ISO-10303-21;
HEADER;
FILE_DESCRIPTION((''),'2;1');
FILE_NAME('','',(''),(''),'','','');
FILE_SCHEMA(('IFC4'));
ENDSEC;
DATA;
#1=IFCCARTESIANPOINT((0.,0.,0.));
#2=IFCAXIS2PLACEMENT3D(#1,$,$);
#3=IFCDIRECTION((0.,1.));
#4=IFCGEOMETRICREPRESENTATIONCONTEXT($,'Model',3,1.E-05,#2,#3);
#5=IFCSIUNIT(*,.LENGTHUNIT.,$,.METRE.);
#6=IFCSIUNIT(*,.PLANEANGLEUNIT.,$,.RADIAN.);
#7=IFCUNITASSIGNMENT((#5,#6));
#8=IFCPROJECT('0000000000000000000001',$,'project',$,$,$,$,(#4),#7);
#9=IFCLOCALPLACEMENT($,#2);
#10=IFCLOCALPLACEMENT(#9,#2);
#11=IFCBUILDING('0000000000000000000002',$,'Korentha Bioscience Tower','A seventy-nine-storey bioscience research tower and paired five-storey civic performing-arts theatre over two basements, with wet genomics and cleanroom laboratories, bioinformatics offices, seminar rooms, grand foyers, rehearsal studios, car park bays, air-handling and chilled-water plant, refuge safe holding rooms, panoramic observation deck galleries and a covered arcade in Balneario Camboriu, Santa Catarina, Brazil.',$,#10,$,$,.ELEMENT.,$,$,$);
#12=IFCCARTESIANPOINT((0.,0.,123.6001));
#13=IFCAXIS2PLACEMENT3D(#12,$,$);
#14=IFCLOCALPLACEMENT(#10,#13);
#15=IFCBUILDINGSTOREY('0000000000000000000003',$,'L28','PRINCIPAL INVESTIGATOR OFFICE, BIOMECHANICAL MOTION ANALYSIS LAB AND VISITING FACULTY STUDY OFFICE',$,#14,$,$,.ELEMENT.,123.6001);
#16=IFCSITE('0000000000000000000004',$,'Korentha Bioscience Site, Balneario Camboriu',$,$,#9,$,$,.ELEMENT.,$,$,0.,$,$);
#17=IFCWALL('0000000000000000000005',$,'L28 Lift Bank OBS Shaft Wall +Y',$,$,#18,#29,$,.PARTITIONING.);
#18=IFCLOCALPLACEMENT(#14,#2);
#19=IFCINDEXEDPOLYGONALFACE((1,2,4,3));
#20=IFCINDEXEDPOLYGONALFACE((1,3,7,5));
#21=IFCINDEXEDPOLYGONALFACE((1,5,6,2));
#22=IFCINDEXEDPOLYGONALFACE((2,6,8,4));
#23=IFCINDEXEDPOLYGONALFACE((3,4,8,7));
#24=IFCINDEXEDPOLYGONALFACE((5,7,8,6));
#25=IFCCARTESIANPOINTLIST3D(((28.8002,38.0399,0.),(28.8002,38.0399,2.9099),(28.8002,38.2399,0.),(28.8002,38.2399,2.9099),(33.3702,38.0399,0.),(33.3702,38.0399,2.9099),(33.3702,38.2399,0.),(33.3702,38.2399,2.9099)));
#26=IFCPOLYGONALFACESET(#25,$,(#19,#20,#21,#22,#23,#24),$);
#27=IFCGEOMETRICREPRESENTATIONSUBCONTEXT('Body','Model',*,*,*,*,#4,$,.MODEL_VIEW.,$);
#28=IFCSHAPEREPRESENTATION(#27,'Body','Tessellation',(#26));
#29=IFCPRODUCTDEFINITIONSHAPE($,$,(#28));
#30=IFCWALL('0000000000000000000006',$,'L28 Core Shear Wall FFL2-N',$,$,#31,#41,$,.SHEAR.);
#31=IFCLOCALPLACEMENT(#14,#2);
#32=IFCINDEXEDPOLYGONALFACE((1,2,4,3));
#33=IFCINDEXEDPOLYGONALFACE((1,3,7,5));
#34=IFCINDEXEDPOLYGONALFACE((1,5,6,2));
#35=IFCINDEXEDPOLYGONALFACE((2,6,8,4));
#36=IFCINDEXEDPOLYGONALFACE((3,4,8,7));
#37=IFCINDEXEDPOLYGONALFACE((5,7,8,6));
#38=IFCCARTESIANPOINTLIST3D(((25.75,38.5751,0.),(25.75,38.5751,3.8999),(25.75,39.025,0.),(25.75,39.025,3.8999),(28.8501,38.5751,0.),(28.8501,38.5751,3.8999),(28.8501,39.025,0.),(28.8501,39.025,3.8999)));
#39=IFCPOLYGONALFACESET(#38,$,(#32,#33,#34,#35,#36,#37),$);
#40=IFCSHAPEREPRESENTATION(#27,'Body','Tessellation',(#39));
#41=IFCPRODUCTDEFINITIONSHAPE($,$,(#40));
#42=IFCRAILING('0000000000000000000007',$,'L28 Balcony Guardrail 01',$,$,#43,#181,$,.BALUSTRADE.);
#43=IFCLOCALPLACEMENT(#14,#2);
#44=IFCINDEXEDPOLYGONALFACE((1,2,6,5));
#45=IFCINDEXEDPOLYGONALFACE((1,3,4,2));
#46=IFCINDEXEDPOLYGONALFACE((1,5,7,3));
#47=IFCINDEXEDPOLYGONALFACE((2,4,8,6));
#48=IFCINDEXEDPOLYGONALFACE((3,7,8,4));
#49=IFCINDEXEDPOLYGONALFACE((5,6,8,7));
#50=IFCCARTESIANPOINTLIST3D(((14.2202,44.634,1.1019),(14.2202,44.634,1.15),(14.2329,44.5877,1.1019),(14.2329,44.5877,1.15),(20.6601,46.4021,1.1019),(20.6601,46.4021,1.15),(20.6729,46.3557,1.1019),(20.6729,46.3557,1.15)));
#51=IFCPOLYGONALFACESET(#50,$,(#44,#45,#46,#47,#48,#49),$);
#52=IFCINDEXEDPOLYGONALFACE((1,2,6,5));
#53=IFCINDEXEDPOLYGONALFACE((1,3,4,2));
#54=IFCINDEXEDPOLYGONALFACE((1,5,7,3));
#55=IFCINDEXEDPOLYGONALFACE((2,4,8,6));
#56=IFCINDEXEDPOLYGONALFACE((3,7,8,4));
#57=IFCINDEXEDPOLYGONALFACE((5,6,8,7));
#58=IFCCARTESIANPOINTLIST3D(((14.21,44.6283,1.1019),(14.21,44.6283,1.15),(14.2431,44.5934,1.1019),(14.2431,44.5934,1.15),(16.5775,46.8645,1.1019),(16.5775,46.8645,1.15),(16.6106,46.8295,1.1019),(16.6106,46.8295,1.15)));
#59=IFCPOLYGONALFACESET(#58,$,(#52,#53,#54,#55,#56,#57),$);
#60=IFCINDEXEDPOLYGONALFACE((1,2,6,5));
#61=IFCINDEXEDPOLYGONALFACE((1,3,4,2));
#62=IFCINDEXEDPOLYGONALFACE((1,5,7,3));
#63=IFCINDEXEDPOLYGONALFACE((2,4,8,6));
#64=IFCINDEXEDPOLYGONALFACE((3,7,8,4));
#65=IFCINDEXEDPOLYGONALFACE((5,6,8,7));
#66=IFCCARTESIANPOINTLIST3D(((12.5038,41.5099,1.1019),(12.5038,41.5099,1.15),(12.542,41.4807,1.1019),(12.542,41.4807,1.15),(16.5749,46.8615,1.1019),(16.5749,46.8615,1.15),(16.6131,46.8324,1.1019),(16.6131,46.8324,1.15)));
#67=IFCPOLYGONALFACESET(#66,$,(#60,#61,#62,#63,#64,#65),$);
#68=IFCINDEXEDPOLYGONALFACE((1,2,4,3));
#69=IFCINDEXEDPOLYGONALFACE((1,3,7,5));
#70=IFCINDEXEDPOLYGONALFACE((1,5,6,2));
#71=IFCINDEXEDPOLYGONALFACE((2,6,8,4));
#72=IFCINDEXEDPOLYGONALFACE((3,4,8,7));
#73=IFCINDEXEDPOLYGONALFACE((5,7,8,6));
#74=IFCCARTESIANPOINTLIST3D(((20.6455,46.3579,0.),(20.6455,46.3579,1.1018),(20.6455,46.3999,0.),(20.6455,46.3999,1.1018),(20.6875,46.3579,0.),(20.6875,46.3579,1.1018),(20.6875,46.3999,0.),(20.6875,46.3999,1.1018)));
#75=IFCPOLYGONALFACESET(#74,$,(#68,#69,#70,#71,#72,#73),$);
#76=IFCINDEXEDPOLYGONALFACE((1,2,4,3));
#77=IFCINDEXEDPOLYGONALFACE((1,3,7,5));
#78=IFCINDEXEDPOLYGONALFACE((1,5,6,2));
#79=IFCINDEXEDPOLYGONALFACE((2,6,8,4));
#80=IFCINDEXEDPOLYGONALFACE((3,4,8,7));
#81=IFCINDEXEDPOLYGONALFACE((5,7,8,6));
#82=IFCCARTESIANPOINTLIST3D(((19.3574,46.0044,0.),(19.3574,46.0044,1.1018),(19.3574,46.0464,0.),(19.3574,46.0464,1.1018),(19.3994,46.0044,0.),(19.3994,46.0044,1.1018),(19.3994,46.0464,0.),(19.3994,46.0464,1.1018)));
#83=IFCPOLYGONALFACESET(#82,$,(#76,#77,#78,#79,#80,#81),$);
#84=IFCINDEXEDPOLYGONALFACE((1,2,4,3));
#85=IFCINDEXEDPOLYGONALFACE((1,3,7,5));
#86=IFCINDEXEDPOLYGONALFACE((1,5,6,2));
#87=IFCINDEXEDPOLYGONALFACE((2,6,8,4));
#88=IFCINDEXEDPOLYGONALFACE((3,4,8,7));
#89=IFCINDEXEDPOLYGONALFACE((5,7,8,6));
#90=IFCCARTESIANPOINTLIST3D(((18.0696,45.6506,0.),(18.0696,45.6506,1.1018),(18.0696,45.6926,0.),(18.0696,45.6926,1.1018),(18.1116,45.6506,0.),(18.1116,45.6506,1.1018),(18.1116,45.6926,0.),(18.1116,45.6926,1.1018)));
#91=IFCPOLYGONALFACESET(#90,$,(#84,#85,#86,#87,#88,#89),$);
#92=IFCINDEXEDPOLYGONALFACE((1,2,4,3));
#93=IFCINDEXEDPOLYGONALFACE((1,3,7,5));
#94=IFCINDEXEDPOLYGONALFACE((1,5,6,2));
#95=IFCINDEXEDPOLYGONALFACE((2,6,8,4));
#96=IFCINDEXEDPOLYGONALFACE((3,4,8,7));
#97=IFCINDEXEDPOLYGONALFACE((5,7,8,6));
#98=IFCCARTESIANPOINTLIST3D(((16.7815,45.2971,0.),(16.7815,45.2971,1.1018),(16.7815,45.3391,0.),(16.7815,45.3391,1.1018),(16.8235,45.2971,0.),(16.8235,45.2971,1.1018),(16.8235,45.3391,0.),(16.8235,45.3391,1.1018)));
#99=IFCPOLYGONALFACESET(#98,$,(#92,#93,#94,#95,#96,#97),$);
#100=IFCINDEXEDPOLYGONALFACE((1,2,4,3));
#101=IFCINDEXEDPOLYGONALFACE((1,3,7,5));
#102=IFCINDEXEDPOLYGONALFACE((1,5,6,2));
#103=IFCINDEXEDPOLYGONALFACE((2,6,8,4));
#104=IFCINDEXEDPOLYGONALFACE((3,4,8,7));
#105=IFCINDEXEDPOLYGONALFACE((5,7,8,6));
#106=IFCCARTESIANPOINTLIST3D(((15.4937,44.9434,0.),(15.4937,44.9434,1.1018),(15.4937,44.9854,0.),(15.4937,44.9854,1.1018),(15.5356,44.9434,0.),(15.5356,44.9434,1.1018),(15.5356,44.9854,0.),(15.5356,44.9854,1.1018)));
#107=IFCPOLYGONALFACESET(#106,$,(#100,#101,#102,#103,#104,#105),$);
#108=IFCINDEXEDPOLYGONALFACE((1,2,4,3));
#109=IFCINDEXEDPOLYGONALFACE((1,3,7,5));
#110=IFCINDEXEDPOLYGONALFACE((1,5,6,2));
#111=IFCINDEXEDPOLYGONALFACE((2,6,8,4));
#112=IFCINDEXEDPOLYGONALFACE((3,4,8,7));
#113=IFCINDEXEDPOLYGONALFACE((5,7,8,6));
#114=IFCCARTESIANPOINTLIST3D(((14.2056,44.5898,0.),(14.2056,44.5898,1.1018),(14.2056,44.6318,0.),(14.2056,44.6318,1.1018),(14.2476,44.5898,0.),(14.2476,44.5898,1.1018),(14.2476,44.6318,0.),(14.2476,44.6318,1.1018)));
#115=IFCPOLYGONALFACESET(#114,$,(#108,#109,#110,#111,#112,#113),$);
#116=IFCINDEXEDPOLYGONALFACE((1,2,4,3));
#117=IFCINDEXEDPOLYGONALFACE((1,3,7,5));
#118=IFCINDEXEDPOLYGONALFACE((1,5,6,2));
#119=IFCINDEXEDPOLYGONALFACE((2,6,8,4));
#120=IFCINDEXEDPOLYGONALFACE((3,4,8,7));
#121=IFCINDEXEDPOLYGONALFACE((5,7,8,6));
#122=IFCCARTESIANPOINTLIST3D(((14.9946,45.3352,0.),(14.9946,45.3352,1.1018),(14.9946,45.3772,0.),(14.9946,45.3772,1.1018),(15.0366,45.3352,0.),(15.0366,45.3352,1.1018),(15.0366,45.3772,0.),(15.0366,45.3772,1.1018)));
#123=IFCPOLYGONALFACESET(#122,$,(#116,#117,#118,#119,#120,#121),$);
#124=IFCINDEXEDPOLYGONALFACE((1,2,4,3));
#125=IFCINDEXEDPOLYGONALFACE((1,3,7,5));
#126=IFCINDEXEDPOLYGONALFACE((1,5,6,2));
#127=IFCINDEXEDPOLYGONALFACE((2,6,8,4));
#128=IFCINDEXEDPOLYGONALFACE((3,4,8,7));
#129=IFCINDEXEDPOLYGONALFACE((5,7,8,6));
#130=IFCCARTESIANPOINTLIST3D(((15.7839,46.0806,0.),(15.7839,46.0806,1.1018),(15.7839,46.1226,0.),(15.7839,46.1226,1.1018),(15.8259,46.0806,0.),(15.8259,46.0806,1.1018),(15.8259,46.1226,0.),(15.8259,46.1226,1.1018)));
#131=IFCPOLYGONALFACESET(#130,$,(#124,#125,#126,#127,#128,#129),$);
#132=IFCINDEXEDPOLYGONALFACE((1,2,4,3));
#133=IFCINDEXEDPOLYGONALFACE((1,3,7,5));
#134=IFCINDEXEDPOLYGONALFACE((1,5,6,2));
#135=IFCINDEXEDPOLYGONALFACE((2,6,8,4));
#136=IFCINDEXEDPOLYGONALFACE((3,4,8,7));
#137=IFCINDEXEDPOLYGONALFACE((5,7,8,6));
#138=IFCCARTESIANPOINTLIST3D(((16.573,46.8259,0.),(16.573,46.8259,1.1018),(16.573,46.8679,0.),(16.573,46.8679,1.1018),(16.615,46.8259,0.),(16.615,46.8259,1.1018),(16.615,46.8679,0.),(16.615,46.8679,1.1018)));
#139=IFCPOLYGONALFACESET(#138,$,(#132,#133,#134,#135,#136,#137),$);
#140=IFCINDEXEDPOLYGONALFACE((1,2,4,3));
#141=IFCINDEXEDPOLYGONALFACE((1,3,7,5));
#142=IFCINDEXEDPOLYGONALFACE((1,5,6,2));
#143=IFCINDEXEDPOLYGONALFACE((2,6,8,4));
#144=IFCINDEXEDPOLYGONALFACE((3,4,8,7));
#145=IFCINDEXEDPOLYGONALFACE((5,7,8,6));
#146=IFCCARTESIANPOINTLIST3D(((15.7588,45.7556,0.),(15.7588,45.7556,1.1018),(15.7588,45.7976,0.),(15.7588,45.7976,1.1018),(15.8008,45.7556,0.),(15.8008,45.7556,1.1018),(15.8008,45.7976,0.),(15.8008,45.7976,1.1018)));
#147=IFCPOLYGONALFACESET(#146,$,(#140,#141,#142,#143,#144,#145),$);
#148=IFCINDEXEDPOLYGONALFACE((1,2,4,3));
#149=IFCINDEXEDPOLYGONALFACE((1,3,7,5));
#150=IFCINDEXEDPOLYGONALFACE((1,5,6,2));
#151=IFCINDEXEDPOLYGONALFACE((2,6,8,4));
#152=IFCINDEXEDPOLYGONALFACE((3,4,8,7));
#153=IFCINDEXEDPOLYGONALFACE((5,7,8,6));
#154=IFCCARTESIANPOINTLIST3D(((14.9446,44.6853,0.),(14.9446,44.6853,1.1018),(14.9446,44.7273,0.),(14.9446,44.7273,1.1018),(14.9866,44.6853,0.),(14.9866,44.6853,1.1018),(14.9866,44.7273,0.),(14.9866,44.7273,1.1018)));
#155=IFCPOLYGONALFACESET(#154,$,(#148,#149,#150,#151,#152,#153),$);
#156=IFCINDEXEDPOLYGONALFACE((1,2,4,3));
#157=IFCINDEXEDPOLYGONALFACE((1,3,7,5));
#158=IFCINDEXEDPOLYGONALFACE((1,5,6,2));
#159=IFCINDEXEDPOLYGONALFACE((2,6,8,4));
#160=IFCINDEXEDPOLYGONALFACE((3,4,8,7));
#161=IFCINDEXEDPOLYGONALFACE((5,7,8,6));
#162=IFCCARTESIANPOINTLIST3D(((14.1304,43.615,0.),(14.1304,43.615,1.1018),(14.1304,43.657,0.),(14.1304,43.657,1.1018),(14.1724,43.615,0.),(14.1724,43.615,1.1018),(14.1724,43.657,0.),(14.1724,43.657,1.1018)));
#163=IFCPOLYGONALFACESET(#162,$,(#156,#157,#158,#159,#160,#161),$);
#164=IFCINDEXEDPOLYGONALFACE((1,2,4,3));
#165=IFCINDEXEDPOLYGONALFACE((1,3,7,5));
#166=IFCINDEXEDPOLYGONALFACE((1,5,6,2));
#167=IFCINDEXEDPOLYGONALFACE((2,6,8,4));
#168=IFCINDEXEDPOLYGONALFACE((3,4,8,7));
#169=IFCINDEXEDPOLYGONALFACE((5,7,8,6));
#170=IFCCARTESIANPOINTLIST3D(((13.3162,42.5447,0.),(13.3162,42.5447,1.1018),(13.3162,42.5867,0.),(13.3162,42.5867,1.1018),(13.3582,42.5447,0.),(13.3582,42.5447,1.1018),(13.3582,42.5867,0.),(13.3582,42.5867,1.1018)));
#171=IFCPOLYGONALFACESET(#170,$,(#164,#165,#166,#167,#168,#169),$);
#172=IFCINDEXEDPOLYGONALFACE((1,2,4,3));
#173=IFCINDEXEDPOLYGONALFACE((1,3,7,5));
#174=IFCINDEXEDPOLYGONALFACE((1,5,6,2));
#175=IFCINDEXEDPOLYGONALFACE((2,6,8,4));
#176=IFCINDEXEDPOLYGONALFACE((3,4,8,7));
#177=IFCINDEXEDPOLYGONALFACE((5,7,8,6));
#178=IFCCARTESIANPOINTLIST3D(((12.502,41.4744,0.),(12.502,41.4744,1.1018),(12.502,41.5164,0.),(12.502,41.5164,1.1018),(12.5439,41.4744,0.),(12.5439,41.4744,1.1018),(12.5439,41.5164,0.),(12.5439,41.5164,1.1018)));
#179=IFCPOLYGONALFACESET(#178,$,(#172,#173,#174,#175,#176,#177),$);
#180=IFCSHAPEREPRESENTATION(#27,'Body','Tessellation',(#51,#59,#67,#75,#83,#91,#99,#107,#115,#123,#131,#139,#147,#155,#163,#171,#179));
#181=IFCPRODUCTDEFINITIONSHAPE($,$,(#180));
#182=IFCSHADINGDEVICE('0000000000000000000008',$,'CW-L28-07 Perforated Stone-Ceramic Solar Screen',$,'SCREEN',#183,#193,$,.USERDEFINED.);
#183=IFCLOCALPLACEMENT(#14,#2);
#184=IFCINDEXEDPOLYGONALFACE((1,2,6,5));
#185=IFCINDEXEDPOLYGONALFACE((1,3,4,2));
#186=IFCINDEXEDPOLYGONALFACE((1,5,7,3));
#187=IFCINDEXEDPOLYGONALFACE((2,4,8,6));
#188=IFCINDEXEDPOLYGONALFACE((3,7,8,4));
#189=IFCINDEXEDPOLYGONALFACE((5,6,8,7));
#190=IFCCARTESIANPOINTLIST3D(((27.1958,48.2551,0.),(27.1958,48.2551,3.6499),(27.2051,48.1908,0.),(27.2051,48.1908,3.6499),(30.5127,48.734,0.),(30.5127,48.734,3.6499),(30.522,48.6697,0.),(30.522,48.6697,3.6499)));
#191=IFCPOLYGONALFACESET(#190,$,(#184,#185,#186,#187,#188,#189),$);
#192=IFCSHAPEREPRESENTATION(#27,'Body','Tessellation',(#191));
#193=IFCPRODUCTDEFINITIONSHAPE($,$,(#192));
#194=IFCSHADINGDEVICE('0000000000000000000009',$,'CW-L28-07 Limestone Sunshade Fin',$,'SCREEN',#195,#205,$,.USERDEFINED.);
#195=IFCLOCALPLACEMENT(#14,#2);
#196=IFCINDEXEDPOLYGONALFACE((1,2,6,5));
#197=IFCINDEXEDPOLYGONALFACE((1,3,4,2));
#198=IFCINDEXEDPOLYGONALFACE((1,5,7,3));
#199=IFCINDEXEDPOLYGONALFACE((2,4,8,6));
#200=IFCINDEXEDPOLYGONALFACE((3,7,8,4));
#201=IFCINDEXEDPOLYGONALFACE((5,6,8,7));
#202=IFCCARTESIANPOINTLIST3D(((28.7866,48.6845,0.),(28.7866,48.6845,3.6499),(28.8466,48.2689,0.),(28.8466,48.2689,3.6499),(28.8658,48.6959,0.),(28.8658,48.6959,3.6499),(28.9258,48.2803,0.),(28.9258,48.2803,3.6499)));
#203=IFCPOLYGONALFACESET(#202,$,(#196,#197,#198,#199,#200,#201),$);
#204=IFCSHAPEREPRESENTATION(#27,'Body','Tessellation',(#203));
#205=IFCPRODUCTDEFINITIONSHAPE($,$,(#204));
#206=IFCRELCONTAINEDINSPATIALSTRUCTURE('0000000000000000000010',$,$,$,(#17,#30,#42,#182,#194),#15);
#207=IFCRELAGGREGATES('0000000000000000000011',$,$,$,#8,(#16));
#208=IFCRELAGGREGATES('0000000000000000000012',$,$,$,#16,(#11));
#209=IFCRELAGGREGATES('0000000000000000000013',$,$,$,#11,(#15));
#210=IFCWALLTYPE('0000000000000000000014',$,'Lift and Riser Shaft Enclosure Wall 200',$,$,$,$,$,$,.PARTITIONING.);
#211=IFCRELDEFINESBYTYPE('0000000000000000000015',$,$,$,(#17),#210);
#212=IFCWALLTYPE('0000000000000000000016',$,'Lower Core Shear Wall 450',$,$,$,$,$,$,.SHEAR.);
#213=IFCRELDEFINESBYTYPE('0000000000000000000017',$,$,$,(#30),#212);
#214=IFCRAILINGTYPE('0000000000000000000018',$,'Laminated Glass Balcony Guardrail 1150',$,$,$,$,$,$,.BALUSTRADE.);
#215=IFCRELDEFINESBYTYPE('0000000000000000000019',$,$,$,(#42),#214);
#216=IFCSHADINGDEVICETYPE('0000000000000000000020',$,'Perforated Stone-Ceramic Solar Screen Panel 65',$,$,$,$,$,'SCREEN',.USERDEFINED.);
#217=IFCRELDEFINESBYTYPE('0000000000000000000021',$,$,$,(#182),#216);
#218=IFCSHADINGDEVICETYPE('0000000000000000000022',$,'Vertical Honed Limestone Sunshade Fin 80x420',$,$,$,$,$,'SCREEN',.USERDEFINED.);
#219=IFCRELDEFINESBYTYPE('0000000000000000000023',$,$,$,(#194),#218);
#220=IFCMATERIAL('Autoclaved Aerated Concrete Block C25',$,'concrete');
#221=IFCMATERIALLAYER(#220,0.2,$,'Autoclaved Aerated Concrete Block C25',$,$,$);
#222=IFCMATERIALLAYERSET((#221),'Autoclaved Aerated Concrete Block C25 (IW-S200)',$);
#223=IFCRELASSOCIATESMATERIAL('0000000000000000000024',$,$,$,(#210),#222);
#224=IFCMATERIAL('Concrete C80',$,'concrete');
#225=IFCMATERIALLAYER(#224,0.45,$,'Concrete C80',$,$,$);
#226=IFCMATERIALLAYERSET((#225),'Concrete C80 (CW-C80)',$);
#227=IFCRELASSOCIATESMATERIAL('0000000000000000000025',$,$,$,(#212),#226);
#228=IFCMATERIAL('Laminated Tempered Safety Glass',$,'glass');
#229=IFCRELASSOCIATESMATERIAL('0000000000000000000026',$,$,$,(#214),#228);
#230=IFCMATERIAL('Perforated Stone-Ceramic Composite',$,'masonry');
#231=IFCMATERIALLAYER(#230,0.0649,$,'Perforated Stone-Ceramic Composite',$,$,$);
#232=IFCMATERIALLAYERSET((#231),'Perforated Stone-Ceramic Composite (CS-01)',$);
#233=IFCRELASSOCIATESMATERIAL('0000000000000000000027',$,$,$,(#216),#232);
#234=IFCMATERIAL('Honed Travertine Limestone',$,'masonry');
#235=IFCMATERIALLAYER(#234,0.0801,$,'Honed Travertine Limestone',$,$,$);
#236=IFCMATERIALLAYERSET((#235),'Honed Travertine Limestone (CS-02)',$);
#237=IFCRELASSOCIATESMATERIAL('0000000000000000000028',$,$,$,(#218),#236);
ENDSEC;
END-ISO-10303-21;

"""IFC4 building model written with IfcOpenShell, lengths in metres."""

from ifc_helpers import new_model, si_unit, direction, frame, frame_2d, origin, origin_2d, place, context, subcontext, project, spatial, rectangle, extrude, material, layer, layer_set, type_object, element, save


model = new_model("IFC4")

# Units and contexts
model_context = context("Model", 3, precision=1e-05, world=origin(), true_north=direction((0.0, 1.0)))
body_context = subcontext(model_context, "Body", "Model", "MODEL_VIEW")
ifc_project = project(units=[si_unit("LENGTHUNIT", "METRE"), si_unit("PLANEANGLEUNIT", "RADIAN")], contexts=[model_context])

# Site, building, storey
site_placement = place(None, origin())
site = spatial("IfcSite", under=ifc_project, at=site_placement, Name="Korentha Bioscience Site, Balneario Camboriu", CompositionType="ELEMENT", RefElevation=0.0)
building_placement = place(site_placement, origin())
building = spatial("IfcBuilding", under=site, at=building_placement, Name="Korentha Bioscience Tower", Description="A seventy-nine-storey bioscience research tower and paired five-storey civic performing-arts theatre over two basements, with wet genomics and cleanroom laboratories, bioinformatics offices, seminar rooms, grand foyers, rehearsal studios, car park bays, air-handling and chilled-water plant, refuge safe holding rooms, panoramic observation deck galleries and a covered arcade in Balneario Camboriu, Santa Catarina, Brazil.", CompositionType="ELEMENT")
storey_placement = place(building_placement, frame((0.0, 0.0, 123.6001)))
storey = spatial("IfcBuildingStorey", under=building, at=storey_placement, Name="L28", Description="PRINCIPAL INVESTIGATOR OFFICE, BIOMECHANICAL MOTION ANALYSIS LAB AND VISITING FACULTY STUDY OFFICE", CompositionType="ELEMENT", Elevation=123.6001)

# Shared definitions
ifc_material_1 = material(Name="Concrete C80", Category="concrete")

# Walls
ifc_material_2 = material(Name="Autoclaved Aerated Concrete Block C25", Category="concrete")
ifc_layer_1 = layer(ifc_material_2, 0.2, Name="Autoclaved Aerated Concrete Block C25")
ifc_layer_set_1 = layer_set([ifc_layer_1], Name="Autoclaved Aerated Concrete Block C25 (IW-S200)")
wall_type_1 = type_object("IfcWallType", Name="Lift and Riser Shaft Enclosure Wall 200", PredefinedType="PARTITIONING", material=ifc_layer_set_1)
wall_1_placement = place(storey_placement, frame((28.8, 38.1399, 0.0), z_axis=(0.0, 0.0, 1.0), x_axis=(1.0, 0.0, 0.0)))
element("IfcWall", 1, at=wall_1_placement, inside=storey, type_object=wall_type_1, Name="L28 Lift Bank OBS Shaft Wall +Y", PredefinedType="PARTITIONING", context=body_context, shape_type="SweptSolid", body=[
    extrude(rectangle(XDim=4.5701, YDim=0.2, at=frame_2d((2.2852, 0.0))), origin(), (0.0, 0.0, 1.0), 2.9099),
])
ifc_layer_2 = layer(ifc_material_1, 0.45, Name="Concrete C80")
ifc_layer_set_2 = layer_set([ifc_layer_2], Name="Concrete C80 (CW-C80)")
wall_type_2 = type_object("IfcWallType", Name="Lower Core Shear Wall 450", PredefinedType="SHEAR", material=ifc_layer_set_2)
wall_2_placement = place(storey_placement, frame((25.75, 38.8, 0.0), z_axis=(0.0, 0.0, 1.0), x_axis=(1.0, 0.0, 0.0)))
element("IfcWall", 2, at=wall_2_placement, inside=storey, type_object=wall_type_2, Name="L28 Core Shear Wall FFL2-N", PredefinedType="SHEAR", context=body_context, shape_type="SweptSolid", body=[
    extrude(rectangle(XDim=3.1001, YDim=0.45, at=frame_2d((1.55, 0.0))), origin(), (0.0, 0.0, 1.0), 3.8999),
])

# Railing
ifc_material_3 = material(Name="Laminated Tempered Safety Glass", Category="glass")
railing_type = type_object("IfcRailingType", Name="Laminated Glass Balcony Guardrail 1150", PredefinedType="BALUSTRADE", material=ifc_material_3)
railing_placement = place(storey_placement, frame((20.6665, 46.3789, 0.0)))
element("IfcRailing", 3, at=railing_placement, inside=storey, type_object=railing_type, Name="L28 Balcony Guardrail 01", PredefinedType="BALUSTRADE", context=body_context, shape_type="SweptSolid", body=[
    extrude(rectangle(XDim=0.0481, YDim=0.0481, at=origin_2d()), frame((0.0, 0.0, 1.126), z_axis=(-0.964317, -0.26475, 0.0), x_axis=(0.26475, -0.964317, 0.0)), (0.0, 0.0, 1.0), 6.6782),
    extrude(rectangle(XDim=0.0481, YDim=0.0481, at=origin_2d()), frame((-6.4399, -1.7681, 1.126), z_axis=(0.726986, 0.686652, 0.0), x_axis=(-0.686652, 0.726986, 0.0)), (0.0, 0.0, 1.0), 3.2566),
    extrude(rectangle(XDim=0.0481, YDim=0.0481, at=origin_2d()), frame((-4.0725, 0.468, 1.126), z_axis=(-0.605447, -0.795886, 0.0), x_axis=(0.795886, -0.605447, 0.0)), (0.0, 0.0, 1.0), 6.7241),
    extrude(rectangle(XDim=0.042, YDim=0.042, at=origin_2d()), origin(), (0.0, 0.0, 1.0), 1.1018),
    extrude(rectangle(XDim=0.042, YDim=0.042, at=origin_2d()), frame((-1.2881, -0.3535, 0.0)), (0.0, 0.0, 1.0), 1.1018),
    extrude(rectangle(XDim=0.042, YDim=0.042, at=origin_2d()), frame((-2.5759, -0.7073, 0.0)), (0.0, 0.0, 1.0), 1.1018),
    extrude(rectangle(XDim=0.042, YDim=0.042, at=origin_2d()), frame((-3.864, -1.0608, 0.0)), (0.0, 0.0, 1.0), 1.1018),
    extrude(rectangle(XDim=0.042, YDim=0.042, at=origin_2d()), frame((-5.1519, -1.4146, 0.0)), (0.0, 0.0, 1.0), 1.1018),
    extrude(rectangle(XDim=0.042, YDim=0.042, at=origin_2d()), frame((-6.4399, -1.7681, 0.0)), (0.0, 0.0, 1.0), 1.1018),
    extrude(rectangle(XDim=0.042, YDim=0.042, at=origin_2d()), frame((-5.6509, -1.0227, 0.0)), (0.0, 0.0, 1.0), 1.1018),
    extrude(rectangle(XDim=0.042, YDim=0.042, at=origin_2d()), frame((-4.8616, -0.2773, 0.0)), (0.0, 0.0, 1.0), 1.1018),
    extrude(rectangle(XDim=0.042, YDim=0.042, at=origin_2d()), frame((-4.0725, 0.468, 0.0)), (0.0, 0.0, 1.0), 1.1018),
    extrude(rectangle(XDim=0.042, YDim=0.042, at=origin_2d()), frame((-4.8867, -0.6023, 0.0)), (0.0, 0.0, 1.0), 1.1018),
    extrude(rectangle(XDim=0.042, YDim=0.042, at=origin_2d()), frame((-5.7009, -1.6726, 0.0)), (0.0, 0.0, 1.0), 1.1018),
    extrude(rectangle(XDim=0.042, YDim=0.042, at=origin_2d()), frame((-6.5151, -2.7429, 0.0)), (0.0, 0.0, 1.0), 1.1018),
    extrude(rectangle(XDim=0.042, YDim=0.042, at=origin_2d()), frame((-7.3293, -3.8132, 0.0)), (0.0, 0.0, 1.0), 1.1018),
    extrude(rectangle(XDim=0.042, YDim=0.042, at=origin_2d()), frame((-8.1436, -4.8835, 0.0)), (0.0, 0.0, 1.0), 1.1018),
])

# Shading devices
ifc_material_4 = material(Name="Perforated Stone-Ceramic Composite", Category="masonry")
ifc_layer_3 = layer(ifc_material_4, 0.0649, Name="Perforated Stone-Ceramic Composite")
ifc_layer_set_3 = layer_set([ifc_layer_3], Name="Perforated Stone-Ceramic Composite (CS-01)")
shading_device_type_1 = type_object("IfcShadingDeviceType", Name="Perforated Stone-Ceramic Solar Screen Panel 65", ElementType="SCREEN", PredefinedType="USERDEFINED", material=ifc_layer_set_3)
shading_device_1_placement = place(storey_placement, frame((28.8589, 48.4624, 0.0), z_axis=(0.0, 0.0, 1.0), x_axis=(-0.989738, -0.142892, 0.0)))
element("IfcShadingDevice", 4, at=shading_device_1_placement, inside=storey, type_object=shading_device_type_1, Name="CW-L28-07 Perforated Stone-Ceramic Solar Screen", ObjectType="SCREEN", PredefinedType="USERDEFINED", context=body_context, shape_type="SweptSolid", body=[
    extrude(rectangle(XDim=3.3513, YDim=0.0649, at=origin_2d()), origin(), (0.0, 0.0, 1.0), 3.6499),
])
ifc_material_5 = material(Name="Honed Travertine Limestone", Category="masonry")
ifc_layer_4 = layer(ifc_material_5, 0.0801, Name="Honed Travertine Limestone")
ifc_layer_set_4 = layer_set([ifc_layer_4], Name="Honed Travertine Limestone (CS-02)")
shading_device_type_2 = type_object("IfcShadingDeviceType", Name="Vertical Honed Limestone Sunshade Fin 80x420", ElementType="SCREEN", PredefinedType="USERDEFINED", material=ifc_layer_set_4)
shading_device_2_placement = place(storey_placement, frame((28.8562, 48.4824, 0.0), z_axis=(0.0, 0.0, 1.0), x_axis=(-0.989738, -0.142892, 0.0)))
element("IfcShadingDevice", 5, at=shading_device_2_placement, inside=storey, type_object=shading_device_type_2, Name="CW-L28-07 Limestone Sunshade Fin", ObjectType="SCREEN", PredefinedType="USERDEFINED", context=body_context, shape_type="SweptSolid", body=[
    extrude(rectangle(XDim=0.0801, YDim=0.4199, at=origin_2d()), origin(), (0.0, 0.0, 1.0), 3.6499),
])

save(model, "model.ifc")
